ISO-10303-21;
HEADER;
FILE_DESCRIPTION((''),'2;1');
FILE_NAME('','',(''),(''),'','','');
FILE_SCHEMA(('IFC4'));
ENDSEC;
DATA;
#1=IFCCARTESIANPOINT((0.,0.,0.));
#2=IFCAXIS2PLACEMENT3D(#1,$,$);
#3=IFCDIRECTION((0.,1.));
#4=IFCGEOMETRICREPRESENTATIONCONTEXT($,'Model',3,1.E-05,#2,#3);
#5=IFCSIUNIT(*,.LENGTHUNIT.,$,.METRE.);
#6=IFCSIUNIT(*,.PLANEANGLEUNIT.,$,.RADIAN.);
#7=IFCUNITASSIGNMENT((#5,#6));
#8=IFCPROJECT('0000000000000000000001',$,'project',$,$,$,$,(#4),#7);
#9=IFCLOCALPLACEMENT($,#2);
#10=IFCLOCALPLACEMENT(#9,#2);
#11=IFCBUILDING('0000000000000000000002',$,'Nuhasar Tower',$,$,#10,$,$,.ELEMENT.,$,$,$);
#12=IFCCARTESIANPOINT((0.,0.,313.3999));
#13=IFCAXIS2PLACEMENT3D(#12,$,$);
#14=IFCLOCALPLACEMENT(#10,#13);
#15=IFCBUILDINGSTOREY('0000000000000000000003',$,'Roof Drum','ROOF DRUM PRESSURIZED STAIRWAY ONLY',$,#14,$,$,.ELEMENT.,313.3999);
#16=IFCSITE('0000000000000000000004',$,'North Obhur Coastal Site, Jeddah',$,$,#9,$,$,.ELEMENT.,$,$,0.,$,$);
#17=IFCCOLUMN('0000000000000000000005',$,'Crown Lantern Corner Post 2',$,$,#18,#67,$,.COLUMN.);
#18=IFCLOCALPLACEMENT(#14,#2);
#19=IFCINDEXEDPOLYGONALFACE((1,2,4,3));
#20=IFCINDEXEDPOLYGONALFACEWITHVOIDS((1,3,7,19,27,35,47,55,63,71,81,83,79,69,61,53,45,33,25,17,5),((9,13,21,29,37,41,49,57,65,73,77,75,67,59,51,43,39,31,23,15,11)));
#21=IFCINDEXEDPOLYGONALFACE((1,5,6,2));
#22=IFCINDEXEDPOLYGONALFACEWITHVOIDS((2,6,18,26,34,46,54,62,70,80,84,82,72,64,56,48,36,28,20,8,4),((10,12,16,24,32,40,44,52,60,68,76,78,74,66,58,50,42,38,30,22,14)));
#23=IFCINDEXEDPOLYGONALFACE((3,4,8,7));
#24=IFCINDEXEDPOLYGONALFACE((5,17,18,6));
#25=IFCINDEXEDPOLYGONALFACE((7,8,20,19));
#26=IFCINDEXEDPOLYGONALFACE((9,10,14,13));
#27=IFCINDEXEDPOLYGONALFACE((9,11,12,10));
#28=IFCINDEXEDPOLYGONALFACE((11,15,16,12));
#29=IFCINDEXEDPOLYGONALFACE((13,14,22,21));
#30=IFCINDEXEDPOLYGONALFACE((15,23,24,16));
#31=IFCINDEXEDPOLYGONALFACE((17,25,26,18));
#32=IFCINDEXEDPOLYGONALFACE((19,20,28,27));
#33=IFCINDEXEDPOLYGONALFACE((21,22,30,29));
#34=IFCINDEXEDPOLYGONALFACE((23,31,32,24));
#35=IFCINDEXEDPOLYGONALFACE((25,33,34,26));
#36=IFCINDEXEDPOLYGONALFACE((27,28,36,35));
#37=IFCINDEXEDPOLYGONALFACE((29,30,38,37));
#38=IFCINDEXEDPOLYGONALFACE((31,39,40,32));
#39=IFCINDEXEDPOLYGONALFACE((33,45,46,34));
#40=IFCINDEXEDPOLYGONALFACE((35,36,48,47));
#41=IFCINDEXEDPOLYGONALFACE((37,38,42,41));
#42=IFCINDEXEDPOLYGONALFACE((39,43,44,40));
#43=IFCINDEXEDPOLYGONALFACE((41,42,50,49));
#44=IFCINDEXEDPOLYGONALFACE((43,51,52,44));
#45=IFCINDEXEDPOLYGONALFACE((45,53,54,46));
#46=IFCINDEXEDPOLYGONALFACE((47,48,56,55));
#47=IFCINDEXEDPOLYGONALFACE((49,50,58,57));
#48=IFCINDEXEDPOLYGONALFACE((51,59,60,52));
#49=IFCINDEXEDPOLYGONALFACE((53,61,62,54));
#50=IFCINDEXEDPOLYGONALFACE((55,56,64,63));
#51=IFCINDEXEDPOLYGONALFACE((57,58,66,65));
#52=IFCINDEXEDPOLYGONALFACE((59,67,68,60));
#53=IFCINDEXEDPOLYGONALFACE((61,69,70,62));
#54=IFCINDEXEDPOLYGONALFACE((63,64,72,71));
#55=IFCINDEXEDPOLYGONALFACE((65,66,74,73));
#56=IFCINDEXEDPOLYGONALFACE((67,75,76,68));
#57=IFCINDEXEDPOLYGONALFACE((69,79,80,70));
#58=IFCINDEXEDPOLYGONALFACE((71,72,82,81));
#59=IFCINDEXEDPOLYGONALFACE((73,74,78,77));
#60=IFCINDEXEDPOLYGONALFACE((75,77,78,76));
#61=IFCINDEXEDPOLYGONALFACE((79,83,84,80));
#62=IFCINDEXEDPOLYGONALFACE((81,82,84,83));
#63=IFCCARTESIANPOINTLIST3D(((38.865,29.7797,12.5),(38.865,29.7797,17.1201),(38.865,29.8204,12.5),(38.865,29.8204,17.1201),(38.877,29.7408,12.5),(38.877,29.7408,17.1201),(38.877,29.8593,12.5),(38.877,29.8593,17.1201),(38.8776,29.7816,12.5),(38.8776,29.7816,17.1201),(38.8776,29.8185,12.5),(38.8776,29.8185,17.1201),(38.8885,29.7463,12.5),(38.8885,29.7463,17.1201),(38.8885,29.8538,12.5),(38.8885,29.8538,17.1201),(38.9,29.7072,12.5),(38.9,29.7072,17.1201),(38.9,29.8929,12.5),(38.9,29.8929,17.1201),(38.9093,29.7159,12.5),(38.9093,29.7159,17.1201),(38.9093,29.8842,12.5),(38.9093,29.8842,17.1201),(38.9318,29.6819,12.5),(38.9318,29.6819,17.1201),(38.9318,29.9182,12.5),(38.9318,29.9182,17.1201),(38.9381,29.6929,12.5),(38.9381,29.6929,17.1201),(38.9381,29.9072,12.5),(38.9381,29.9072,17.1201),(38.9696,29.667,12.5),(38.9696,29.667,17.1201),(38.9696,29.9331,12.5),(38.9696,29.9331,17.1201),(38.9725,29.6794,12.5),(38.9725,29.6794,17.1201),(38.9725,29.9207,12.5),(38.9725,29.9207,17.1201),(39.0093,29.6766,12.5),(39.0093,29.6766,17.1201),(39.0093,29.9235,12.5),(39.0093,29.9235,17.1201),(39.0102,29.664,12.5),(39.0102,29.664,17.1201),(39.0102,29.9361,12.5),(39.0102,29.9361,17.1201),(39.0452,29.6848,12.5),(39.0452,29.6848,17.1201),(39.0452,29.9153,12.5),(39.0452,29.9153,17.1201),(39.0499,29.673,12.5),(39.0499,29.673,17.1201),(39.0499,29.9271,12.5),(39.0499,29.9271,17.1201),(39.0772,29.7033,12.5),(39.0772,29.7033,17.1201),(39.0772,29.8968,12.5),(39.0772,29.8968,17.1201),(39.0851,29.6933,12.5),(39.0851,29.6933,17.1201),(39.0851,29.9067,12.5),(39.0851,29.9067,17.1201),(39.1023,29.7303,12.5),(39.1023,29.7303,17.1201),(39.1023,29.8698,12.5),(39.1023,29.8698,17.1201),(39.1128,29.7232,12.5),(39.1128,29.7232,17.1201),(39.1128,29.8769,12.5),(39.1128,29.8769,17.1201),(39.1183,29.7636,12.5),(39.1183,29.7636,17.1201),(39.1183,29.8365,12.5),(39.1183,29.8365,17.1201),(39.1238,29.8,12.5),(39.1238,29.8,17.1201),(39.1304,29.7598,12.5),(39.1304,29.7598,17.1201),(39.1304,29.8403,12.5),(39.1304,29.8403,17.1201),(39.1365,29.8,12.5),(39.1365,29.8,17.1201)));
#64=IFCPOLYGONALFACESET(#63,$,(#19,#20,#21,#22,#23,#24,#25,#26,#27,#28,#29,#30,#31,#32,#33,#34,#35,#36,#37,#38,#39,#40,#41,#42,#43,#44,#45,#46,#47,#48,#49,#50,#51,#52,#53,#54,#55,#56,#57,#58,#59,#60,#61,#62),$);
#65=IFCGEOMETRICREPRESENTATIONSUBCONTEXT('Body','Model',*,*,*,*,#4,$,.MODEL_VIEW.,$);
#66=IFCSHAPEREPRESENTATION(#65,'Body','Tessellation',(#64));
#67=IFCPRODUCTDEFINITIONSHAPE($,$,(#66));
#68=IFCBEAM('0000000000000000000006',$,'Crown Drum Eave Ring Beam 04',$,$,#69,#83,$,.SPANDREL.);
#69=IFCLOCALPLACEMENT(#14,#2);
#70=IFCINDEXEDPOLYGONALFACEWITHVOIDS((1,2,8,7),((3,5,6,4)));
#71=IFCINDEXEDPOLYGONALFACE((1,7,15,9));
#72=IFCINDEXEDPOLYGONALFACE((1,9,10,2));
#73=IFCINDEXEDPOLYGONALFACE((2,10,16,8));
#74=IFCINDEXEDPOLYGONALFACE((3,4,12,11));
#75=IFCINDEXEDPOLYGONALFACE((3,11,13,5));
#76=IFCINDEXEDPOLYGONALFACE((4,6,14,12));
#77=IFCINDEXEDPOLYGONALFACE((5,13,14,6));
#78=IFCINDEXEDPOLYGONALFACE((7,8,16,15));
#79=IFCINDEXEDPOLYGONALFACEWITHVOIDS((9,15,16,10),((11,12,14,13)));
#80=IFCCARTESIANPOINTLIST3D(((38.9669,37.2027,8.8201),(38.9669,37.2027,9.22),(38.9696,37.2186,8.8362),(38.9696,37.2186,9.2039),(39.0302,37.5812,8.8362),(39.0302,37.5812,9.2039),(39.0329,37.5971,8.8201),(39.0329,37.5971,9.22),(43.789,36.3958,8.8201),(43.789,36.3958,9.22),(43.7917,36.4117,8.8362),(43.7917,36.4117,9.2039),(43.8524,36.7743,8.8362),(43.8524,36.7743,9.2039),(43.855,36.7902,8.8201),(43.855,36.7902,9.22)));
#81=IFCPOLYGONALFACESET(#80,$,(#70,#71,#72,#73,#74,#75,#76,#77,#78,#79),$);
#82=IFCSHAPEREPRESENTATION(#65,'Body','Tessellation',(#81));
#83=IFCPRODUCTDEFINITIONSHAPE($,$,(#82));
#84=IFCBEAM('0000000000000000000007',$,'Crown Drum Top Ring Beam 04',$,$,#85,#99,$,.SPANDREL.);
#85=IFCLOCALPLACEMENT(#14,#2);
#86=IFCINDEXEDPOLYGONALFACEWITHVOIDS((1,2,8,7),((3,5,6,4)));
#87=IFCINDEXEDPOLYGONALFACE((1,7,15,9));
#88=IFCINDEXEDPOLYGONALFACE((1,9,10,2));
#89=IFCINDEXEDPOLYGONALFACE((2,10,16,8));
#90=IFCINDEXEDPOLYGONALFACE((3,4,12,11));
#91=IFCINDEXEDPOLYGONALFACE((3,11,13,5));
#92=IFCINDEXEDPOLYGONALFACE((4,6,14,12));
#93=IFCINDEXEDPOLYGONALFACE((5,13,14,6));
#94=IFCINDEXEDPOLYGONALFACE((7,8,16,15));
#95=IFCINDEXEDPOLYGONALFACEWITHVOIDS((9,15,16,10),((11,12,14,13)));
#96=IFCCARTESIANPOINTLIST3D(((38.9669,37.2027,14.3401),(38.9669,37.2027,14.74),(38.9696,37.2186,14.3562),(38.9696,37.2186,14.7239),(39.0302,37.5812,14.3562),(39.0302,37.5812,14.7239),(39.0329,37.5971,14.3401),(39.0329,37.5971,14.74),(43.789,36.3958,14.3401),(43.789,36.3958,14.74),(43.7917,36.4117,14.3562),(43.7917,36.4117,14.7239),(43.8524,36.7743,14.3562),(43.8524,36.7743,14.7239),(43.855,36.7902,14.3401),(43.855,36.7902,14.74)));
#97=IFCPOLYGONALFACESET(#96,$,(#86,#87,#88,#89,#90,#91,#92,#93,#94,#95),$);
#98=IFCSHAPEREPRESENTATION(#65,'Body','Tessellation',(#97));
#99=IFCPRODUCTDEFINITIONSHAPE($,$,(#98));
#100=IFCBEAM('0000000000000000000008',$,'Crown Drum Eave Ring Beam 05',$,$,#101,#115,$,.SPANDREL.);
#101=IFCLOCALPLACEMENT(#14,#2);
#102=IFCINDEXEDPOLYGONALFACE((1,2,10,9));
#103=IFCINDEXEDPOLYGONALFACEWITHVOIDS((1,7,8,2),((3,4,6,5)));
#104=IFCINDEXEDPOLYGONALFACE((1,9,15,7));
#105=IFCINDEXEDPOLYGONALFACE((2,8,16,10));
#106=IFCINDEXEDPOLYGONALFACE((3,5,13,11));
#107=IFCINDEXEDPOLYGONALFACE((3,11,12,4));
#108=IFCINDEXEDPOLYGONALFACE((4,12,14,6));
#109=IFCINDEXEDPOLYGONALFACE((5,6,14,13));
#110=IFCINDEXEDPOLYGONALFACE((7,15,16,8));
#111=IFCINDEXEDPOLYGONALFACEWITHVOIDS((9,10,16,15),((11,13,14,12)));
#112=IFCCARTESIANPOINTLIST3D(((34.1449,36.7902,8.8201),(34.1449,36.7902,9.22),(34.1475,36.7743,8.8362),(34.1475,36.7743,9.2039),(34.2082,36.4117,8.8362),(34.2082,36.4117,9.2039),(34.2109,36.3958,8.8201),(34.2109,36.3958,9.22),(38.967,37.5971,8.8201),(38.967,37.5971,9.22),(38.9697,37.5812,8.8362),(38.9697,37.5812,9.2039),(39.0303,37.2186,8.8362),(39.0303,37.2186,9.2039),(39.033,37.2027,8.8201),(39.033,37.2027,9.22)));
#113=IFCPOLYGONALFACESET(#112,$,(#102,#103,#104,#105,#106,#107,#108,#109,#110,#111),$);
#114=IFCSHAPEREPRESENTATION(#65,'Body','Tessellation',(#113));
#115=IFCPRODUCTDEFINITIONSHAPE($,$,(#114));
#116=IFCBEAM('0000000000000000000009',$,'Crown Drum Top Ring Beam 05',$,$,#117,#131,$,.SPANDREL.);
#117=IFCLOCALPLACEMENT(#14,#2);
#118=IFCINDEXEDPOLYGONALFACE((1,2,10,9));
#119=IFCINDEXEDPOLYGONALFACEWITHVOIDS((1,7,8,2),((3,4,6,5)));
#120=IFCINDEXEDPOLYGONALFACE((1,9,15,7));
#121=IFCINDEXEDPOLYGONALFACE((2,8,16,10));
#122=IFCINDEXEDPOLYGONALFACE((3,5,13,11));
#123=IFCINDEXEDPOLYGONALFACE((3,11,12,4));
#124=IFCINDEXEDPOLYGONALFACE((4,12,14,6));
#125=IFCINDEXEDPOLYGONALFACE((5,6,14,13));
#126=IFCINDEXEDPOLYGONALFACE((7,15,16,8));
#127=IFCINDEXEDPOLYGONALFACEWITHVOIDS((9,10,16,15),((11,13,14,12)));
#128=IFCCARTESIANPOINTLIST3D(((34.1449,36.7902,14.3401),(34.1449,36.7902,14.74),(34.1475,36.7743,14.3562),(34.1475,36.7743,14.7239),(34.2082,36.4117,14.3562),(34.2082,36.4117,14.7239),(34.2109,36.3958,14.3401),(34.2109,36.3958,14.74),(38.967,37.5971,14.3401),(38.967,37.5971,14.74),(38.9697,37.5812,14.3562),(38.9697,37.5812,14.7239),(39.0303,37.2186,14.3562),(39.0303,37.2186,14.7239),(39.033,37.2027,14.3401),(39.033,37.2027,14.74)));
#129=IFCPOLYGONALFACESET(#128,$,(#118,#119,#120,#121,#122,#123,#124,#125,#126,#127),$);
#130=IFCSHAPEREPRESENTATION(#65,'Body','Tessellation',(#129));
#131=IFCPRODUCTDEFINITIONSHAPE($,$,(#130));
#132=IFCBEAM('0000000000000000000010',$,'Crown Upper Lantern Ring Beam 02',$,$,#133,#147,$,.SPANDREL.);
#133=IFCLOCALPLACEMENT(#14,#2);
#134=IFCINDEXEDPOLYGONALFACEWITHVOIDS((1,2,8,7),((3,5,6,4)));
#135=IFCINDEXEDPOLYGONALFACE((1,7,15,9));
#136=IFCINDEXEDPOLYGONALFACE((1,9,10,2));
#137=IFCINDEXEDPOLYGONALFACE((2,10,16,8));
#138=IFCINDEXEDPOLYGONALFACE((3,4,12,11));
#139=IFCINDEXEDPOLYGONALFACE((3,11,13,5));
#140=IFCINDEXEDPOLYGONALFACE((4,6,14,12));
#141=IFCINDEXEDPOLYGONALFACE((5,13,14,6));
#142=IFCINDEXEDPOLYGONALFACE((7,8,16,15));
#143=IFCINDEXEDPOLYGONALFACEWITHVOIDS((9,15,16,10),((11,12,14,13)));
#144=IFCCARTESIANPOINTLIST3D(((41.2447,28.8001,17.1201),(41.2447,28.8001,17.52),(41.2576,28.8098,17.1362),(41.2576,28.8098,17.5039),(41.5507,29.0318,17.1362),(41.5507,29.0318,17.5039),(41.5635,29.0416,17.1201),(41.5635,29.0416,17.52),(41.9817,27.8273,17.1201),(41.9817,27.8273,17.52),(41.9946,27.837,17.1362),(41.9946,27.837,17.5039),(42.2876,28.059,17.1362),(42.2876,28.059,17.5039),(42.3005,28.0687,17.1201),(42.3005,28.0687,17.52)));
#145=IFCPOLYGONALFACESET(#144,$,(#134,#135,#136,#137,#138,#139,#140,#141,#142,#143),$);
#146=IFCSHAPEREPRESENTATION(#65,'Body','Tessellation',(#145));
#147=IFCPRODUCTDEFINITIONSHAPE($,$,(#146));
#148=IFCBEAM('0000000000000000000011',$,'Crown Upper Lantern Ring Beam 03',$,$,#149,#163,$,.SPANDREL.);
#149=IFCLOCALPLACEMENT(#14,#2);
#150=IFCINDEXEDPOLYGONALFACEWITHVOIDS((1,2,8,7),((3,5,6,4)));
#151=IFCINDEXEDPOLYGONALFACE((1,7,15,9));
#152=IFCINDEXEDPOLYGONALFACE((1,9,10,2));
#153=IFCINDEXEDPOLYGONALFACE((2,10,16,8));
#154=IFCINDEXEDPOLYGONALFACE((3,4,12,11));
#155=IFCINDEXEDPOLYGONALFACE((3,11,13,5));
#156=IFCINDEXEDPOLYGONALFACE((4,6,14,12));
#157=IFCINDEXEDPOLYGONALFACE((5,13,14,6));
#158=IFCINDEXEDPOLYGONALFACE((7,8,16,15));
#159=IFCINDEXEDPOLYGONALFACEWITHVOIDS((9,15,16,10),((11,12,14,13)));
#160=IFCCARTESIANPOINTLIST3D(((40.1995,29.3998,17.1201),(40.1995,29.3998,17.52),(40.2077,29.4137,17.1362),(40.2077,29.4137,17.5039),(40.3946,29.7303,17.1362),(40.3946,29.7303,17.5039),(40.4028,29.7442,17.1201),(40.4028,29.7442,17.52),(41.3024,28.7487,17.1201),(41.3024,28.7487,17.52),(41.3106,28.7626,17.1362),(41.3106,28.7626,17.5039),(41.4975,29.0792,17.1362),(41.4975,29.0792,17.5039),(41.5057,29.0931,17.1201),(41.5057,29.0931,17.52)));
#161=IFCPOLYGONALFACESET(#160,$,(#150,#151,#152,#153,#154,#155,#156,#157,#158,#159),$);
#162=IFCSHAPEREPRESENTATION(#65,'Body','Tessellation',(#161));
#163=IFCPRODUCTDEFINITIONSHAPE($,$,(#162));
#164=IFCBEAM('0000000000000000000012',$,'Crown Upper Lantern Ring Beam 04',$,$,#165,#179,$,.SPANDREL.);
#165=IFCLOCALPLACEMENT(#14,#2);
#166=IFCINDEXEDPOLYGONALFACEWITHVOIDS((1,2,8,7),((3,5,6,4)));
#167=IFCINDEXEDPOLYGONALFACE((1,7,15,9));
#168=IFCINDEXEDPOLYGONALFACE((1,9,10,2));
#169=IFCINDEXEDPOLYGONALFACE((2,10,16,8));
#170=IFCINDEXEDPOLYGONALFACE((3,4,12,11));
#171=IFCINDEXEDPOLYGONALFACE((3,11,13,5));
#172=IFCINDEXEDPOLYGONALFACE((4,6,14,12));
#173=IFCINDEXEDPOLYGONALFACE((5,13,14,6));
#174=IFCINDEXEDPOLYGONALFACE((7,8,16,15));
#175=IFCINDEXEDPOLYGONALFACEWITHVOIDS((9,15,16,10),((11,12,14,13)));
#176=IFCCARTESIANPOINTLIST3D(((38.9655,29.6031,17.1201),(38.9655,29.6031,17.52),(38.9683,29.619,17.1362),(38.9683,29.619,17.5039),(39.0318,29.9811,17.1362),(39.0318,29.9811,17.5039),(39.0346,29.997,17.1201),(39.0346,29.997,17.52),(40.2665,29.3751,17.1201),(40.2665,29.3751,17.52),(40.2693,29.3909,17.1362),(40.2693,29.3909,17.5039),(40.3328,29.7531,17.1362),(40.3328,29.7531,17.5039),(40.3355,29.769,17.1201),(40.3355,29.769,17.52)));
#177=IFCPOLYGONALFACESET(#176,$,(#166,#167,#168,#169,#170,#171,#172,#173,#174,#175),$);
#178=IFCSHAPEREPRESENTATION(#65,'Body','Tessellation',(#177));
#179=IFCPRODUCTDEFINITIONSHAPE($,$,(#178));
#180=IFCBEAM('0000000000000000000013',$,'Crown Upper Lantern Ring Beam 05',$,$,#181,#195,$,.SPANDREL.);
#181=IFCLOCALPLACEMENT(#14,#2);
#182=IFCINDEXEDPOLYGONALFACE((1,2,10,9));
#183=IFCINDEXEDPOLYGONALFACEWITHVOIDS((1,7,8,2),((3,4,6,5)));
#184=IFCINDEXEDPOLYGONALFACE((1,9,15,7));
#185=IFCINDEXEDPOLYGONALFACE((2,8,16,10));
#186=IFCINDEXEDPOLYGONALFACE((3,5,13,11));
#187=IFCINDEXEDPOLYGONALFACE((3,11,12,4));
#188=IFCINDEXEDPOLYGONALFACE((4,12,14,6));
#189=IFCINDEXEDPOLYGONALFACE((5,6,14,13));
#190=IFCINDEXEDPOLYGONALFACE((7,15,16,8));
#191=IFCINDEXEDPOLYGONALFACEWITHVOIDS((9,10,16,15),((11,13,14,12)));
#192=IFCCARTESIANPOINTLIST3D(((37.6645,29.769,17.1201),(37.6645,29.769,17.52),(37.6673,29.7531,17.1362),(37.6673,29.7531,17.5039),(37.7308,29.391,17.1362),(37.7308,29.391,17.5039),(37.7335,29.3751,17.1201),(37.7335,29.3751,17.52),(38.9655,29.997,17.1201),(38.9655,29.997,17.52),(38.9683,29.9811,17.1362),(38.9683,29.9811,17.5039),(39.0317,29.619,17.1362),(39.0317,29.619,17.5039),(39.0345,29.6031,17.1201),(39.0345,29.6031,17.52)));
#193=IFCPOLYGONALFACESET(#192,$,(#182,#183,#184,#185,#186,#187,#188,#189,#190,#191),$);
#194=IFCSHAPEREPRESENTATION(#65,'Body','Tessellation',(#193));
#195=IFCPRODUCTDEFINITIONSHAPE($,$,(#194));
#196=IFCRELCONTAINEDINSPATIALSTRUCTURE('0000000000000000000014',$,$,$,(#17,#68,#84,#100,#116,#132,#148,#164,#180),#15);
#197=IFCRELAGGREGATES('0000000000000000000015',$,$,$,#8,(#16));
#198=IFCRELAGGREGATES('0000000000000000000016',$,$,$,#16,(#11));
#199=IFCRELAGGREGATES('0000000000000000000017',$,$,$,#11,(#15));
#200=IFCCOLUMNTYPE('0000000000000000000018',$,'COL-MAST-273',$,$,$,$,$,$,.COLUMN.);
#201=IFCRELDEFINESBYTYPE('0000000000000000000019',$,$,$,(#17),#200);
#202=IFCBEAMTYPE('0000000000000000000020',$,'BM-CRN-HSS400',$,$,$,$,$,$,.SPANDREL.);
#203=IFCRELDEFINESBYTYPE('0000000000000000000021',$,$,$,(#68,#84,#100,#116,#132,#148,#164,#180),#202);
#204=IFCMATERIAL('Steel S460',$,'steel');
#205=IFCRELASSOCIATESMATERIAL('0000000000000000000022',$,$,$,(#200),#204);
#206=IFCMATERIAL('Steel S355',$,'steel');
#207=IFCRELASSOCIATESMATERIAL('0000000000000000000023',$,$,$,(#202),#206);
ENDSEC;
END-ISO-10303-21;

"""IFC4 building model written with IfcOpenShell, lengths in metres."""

from ifc_helpers import new_model, si_unit, direction, frame, origin, origin_2d, place, context, subcontext, project, spatial, hollow_rectangle, hollow_circle, extrude, material, material_profile, profile_set, type_object, element, save


model = new_model("IFC4")

# Units and contexts
model_context = context("Model", 3, precision=1e-05, world=origin(), true_north=direction((0.0, 1.0)))
body_context = subcontext(model_context, "Body", "Model", "MODEL_VIEW")
ifc_project = project(units=[si_unit("LENGTHUNIT", "METRE"), si_unit("PLANEANGLEUNIT", "RADIAN")], contexts=[model_context])

# Site, building, storey
site_placement = place(None, origin())
site = spatial("IfcSite", under=ifc_project, at=site_placement, Name="North Obhur Coastal Site, Jeddah", CompositionType="ELEMENT", RefElevation=0.0)
building_placement = place(site_placement, origin())
building = spatial("IfcBuilding", under=site, at=building_placement, Name="Nuhasar Tower", CompositionType="ELEMENT")
storey_placement = place(building_placement, frame((0.0, 0.0, 313.3999)))
storey = spatial("IfcBuildingStorey", under=building, at=storey_placement, Name="Roof Drum", Description="ROOF DRUM PRESSURIZED STAIRWAY ONLY", CompositionType="ELEMENT", Elevation=313.3999)

# Column
ifc_material_1 = material(Name="Steel S460", Category="steel")
ifc_material_profile_1 = material_profile(ifc_material_1, hollow_circle(Radius=0.1365, WallThickness=0.0127, at=origin_2d()), Name="HSS273.1X12.7")
ifc_profile_set_1 = profile_set([ifc_material_profile_1], Name="Steel S460")
column_type = type_object("IfcColumnType", Name="COL-MAST-273", PredefinedType="COLUMN", material=ifc_profile_set_1)
column_placement = place(storey_placement, frame((39.0, 29.8, 12.5), z_axis=(0.0, 0.0, 1.0), x_axis=(1.0, 0.0, 0.0)))
element("IfcColumn", 1, at=column_placement, inside=storey, type_object=column_type, Name="Crown Lantern Corner Post 2", PredefinedType="COLUMN", context=body_context, shape_type="SweptSolid", body=[
    extrude(hollow_circle(Radius=0.1365, WallThickness=0.0127, at=origin_2d()), origin(), (0.0, 0.0, 1.0), 4.6201),
])

# Beams
ifc_material_2 = material(Name="Steel S355", Category="steel")
ifc_material_profile_2 = material_profile(ifc_material_2, hollow_rectangle(XDim=0.3999, YDim=0.3999, WallThickness=0.0161, at=origin_2d()), Name="HSS400X400X16")
ifc_profile_set_2 = profile_set([ifc_material_profile_2], Name="Steel S355")
beam_type_1 = type_object("IfcBeamType", Name="BM-CRN-HSS400", PredefinedType="SPANDREL", material=ifc_profile_set_2)
for number, where, z_axis, x_axis, name in (
    (2, (43.822, 36.593, 9.02), (-0.986287, 0.165039, 0.0), (-0.165039, -0.986287, 0.0), "Crown Drum Eave Ring Beam 04"),
    (3, (43.822, 36.593, 14.54), (-0.986287, 0.165039, 0.0), (-0.165039, -0.986287, 0.0), "Crown Drum Top Ring Beam 04"),
    (4, (39.0, 37.3999, 9.02), (-0.986287, -0.165039, 0.0), (0.165039, -0.986287, 0.0), "Crown Drum Eave Ring Beam 05"),
    (5, (39.0, 37.3999, 14.54), (-0.986287, -0.165039, 0.0), (0.165039, -0.986287, 0.0), "Crown Drum Top Ring Beam 05"),
):
    element("IfcBeam", number, at=place(storey_placement, frame(where, z_axis=z_axis, x_axis=x_axis)), inside=storey, type_object=beam_type_1, Name=name, PredefinedType="SPANDREL", context=body_context, shape_type="SweptSolid", body=[
        extrude(hollow_rectangle(XDim=0.3999, YDim=0.3999, WallThickness=0.0161, at=origin_2d()), origin(), (0.0, 0.0, 1.0), 4.8892),
    ])
beam_1_placement = place(storey_placement, frame((42.1411, 27.948, 17.3201), z_axis=(-0.603865, 0.797086, 0.0), x_axis=(-0.797086, -0.603865, 0.0)))
element("IfcBeam", 6, at=beam_1_placement, inside=storey, type_object=beam_type_1, Name="Crown Upper Lantern Ring Beam 02", PredefinedType="SPANDREL", context=body_context, shape_type="SweptSolid", body=[
    extrude(hollow_rectangle(XDim=0.3999, YDim=0.3999, WallThickness=0.0161, at=origin_2d()), origin(), (0.0, 0.0, 1.0), 1.2205),
])
beam_2_placement = place(storey_placement, frame((41.4041, 28.9209, 17.3201), z_axis=(-0.861154, 0.508344, 0.0), x_axis=(-0.508344, -0.861154, 0.0)))
element("IfcBeam", 7, at=beam_2_placement, inside=storey, type_object=beam_type_1, Name="Crown Upper Lantern Ring Beam 03", PredefinedType="SPANDREL", context=body_context, shape_type="SweptSolid", body=[
    extrude(hollow_rectangle(XDim=0.3999, YDim=0.3999, WallThickness=0.0161, at=origin_2d()), origin(), (0.0, 0.0, 1.0), 1.2808),
])
for number, where, z_axis, x_axis, name in (
    (8, (40.301, 29.572, 17.3201), (-0.984986, 0.172636, 0.0), (-0.172636, -0.984986, 0.0), "Crown Upper Lantern Ring Beam 04"),
    (9, (39.0, 29.8, 17.3201), (-0.984986, -0.172636, 0.0), (0.172636, -0.984986, 0.0), "Crown Upper Lantern Ring Beam 05"),
):
    element("IfcBeam", number, at=place(storey_placement, frame(where, z_axis=z_axis, x_axis=x_axis)), inside=storey, type_object=beam_type_1, Name=name, PredefinedType="SPANDREL", context=body_context, shape_type="SweptSolid", body=[
        extrude(hollow_rectangle(XDim=0.3999, YDim=0.3999, WallThickness=0.0161, at=origin_2d()), origin(), (0.0, 0.0, 1.0), 1.3208),
    ])

save(model, "model.ifc")
